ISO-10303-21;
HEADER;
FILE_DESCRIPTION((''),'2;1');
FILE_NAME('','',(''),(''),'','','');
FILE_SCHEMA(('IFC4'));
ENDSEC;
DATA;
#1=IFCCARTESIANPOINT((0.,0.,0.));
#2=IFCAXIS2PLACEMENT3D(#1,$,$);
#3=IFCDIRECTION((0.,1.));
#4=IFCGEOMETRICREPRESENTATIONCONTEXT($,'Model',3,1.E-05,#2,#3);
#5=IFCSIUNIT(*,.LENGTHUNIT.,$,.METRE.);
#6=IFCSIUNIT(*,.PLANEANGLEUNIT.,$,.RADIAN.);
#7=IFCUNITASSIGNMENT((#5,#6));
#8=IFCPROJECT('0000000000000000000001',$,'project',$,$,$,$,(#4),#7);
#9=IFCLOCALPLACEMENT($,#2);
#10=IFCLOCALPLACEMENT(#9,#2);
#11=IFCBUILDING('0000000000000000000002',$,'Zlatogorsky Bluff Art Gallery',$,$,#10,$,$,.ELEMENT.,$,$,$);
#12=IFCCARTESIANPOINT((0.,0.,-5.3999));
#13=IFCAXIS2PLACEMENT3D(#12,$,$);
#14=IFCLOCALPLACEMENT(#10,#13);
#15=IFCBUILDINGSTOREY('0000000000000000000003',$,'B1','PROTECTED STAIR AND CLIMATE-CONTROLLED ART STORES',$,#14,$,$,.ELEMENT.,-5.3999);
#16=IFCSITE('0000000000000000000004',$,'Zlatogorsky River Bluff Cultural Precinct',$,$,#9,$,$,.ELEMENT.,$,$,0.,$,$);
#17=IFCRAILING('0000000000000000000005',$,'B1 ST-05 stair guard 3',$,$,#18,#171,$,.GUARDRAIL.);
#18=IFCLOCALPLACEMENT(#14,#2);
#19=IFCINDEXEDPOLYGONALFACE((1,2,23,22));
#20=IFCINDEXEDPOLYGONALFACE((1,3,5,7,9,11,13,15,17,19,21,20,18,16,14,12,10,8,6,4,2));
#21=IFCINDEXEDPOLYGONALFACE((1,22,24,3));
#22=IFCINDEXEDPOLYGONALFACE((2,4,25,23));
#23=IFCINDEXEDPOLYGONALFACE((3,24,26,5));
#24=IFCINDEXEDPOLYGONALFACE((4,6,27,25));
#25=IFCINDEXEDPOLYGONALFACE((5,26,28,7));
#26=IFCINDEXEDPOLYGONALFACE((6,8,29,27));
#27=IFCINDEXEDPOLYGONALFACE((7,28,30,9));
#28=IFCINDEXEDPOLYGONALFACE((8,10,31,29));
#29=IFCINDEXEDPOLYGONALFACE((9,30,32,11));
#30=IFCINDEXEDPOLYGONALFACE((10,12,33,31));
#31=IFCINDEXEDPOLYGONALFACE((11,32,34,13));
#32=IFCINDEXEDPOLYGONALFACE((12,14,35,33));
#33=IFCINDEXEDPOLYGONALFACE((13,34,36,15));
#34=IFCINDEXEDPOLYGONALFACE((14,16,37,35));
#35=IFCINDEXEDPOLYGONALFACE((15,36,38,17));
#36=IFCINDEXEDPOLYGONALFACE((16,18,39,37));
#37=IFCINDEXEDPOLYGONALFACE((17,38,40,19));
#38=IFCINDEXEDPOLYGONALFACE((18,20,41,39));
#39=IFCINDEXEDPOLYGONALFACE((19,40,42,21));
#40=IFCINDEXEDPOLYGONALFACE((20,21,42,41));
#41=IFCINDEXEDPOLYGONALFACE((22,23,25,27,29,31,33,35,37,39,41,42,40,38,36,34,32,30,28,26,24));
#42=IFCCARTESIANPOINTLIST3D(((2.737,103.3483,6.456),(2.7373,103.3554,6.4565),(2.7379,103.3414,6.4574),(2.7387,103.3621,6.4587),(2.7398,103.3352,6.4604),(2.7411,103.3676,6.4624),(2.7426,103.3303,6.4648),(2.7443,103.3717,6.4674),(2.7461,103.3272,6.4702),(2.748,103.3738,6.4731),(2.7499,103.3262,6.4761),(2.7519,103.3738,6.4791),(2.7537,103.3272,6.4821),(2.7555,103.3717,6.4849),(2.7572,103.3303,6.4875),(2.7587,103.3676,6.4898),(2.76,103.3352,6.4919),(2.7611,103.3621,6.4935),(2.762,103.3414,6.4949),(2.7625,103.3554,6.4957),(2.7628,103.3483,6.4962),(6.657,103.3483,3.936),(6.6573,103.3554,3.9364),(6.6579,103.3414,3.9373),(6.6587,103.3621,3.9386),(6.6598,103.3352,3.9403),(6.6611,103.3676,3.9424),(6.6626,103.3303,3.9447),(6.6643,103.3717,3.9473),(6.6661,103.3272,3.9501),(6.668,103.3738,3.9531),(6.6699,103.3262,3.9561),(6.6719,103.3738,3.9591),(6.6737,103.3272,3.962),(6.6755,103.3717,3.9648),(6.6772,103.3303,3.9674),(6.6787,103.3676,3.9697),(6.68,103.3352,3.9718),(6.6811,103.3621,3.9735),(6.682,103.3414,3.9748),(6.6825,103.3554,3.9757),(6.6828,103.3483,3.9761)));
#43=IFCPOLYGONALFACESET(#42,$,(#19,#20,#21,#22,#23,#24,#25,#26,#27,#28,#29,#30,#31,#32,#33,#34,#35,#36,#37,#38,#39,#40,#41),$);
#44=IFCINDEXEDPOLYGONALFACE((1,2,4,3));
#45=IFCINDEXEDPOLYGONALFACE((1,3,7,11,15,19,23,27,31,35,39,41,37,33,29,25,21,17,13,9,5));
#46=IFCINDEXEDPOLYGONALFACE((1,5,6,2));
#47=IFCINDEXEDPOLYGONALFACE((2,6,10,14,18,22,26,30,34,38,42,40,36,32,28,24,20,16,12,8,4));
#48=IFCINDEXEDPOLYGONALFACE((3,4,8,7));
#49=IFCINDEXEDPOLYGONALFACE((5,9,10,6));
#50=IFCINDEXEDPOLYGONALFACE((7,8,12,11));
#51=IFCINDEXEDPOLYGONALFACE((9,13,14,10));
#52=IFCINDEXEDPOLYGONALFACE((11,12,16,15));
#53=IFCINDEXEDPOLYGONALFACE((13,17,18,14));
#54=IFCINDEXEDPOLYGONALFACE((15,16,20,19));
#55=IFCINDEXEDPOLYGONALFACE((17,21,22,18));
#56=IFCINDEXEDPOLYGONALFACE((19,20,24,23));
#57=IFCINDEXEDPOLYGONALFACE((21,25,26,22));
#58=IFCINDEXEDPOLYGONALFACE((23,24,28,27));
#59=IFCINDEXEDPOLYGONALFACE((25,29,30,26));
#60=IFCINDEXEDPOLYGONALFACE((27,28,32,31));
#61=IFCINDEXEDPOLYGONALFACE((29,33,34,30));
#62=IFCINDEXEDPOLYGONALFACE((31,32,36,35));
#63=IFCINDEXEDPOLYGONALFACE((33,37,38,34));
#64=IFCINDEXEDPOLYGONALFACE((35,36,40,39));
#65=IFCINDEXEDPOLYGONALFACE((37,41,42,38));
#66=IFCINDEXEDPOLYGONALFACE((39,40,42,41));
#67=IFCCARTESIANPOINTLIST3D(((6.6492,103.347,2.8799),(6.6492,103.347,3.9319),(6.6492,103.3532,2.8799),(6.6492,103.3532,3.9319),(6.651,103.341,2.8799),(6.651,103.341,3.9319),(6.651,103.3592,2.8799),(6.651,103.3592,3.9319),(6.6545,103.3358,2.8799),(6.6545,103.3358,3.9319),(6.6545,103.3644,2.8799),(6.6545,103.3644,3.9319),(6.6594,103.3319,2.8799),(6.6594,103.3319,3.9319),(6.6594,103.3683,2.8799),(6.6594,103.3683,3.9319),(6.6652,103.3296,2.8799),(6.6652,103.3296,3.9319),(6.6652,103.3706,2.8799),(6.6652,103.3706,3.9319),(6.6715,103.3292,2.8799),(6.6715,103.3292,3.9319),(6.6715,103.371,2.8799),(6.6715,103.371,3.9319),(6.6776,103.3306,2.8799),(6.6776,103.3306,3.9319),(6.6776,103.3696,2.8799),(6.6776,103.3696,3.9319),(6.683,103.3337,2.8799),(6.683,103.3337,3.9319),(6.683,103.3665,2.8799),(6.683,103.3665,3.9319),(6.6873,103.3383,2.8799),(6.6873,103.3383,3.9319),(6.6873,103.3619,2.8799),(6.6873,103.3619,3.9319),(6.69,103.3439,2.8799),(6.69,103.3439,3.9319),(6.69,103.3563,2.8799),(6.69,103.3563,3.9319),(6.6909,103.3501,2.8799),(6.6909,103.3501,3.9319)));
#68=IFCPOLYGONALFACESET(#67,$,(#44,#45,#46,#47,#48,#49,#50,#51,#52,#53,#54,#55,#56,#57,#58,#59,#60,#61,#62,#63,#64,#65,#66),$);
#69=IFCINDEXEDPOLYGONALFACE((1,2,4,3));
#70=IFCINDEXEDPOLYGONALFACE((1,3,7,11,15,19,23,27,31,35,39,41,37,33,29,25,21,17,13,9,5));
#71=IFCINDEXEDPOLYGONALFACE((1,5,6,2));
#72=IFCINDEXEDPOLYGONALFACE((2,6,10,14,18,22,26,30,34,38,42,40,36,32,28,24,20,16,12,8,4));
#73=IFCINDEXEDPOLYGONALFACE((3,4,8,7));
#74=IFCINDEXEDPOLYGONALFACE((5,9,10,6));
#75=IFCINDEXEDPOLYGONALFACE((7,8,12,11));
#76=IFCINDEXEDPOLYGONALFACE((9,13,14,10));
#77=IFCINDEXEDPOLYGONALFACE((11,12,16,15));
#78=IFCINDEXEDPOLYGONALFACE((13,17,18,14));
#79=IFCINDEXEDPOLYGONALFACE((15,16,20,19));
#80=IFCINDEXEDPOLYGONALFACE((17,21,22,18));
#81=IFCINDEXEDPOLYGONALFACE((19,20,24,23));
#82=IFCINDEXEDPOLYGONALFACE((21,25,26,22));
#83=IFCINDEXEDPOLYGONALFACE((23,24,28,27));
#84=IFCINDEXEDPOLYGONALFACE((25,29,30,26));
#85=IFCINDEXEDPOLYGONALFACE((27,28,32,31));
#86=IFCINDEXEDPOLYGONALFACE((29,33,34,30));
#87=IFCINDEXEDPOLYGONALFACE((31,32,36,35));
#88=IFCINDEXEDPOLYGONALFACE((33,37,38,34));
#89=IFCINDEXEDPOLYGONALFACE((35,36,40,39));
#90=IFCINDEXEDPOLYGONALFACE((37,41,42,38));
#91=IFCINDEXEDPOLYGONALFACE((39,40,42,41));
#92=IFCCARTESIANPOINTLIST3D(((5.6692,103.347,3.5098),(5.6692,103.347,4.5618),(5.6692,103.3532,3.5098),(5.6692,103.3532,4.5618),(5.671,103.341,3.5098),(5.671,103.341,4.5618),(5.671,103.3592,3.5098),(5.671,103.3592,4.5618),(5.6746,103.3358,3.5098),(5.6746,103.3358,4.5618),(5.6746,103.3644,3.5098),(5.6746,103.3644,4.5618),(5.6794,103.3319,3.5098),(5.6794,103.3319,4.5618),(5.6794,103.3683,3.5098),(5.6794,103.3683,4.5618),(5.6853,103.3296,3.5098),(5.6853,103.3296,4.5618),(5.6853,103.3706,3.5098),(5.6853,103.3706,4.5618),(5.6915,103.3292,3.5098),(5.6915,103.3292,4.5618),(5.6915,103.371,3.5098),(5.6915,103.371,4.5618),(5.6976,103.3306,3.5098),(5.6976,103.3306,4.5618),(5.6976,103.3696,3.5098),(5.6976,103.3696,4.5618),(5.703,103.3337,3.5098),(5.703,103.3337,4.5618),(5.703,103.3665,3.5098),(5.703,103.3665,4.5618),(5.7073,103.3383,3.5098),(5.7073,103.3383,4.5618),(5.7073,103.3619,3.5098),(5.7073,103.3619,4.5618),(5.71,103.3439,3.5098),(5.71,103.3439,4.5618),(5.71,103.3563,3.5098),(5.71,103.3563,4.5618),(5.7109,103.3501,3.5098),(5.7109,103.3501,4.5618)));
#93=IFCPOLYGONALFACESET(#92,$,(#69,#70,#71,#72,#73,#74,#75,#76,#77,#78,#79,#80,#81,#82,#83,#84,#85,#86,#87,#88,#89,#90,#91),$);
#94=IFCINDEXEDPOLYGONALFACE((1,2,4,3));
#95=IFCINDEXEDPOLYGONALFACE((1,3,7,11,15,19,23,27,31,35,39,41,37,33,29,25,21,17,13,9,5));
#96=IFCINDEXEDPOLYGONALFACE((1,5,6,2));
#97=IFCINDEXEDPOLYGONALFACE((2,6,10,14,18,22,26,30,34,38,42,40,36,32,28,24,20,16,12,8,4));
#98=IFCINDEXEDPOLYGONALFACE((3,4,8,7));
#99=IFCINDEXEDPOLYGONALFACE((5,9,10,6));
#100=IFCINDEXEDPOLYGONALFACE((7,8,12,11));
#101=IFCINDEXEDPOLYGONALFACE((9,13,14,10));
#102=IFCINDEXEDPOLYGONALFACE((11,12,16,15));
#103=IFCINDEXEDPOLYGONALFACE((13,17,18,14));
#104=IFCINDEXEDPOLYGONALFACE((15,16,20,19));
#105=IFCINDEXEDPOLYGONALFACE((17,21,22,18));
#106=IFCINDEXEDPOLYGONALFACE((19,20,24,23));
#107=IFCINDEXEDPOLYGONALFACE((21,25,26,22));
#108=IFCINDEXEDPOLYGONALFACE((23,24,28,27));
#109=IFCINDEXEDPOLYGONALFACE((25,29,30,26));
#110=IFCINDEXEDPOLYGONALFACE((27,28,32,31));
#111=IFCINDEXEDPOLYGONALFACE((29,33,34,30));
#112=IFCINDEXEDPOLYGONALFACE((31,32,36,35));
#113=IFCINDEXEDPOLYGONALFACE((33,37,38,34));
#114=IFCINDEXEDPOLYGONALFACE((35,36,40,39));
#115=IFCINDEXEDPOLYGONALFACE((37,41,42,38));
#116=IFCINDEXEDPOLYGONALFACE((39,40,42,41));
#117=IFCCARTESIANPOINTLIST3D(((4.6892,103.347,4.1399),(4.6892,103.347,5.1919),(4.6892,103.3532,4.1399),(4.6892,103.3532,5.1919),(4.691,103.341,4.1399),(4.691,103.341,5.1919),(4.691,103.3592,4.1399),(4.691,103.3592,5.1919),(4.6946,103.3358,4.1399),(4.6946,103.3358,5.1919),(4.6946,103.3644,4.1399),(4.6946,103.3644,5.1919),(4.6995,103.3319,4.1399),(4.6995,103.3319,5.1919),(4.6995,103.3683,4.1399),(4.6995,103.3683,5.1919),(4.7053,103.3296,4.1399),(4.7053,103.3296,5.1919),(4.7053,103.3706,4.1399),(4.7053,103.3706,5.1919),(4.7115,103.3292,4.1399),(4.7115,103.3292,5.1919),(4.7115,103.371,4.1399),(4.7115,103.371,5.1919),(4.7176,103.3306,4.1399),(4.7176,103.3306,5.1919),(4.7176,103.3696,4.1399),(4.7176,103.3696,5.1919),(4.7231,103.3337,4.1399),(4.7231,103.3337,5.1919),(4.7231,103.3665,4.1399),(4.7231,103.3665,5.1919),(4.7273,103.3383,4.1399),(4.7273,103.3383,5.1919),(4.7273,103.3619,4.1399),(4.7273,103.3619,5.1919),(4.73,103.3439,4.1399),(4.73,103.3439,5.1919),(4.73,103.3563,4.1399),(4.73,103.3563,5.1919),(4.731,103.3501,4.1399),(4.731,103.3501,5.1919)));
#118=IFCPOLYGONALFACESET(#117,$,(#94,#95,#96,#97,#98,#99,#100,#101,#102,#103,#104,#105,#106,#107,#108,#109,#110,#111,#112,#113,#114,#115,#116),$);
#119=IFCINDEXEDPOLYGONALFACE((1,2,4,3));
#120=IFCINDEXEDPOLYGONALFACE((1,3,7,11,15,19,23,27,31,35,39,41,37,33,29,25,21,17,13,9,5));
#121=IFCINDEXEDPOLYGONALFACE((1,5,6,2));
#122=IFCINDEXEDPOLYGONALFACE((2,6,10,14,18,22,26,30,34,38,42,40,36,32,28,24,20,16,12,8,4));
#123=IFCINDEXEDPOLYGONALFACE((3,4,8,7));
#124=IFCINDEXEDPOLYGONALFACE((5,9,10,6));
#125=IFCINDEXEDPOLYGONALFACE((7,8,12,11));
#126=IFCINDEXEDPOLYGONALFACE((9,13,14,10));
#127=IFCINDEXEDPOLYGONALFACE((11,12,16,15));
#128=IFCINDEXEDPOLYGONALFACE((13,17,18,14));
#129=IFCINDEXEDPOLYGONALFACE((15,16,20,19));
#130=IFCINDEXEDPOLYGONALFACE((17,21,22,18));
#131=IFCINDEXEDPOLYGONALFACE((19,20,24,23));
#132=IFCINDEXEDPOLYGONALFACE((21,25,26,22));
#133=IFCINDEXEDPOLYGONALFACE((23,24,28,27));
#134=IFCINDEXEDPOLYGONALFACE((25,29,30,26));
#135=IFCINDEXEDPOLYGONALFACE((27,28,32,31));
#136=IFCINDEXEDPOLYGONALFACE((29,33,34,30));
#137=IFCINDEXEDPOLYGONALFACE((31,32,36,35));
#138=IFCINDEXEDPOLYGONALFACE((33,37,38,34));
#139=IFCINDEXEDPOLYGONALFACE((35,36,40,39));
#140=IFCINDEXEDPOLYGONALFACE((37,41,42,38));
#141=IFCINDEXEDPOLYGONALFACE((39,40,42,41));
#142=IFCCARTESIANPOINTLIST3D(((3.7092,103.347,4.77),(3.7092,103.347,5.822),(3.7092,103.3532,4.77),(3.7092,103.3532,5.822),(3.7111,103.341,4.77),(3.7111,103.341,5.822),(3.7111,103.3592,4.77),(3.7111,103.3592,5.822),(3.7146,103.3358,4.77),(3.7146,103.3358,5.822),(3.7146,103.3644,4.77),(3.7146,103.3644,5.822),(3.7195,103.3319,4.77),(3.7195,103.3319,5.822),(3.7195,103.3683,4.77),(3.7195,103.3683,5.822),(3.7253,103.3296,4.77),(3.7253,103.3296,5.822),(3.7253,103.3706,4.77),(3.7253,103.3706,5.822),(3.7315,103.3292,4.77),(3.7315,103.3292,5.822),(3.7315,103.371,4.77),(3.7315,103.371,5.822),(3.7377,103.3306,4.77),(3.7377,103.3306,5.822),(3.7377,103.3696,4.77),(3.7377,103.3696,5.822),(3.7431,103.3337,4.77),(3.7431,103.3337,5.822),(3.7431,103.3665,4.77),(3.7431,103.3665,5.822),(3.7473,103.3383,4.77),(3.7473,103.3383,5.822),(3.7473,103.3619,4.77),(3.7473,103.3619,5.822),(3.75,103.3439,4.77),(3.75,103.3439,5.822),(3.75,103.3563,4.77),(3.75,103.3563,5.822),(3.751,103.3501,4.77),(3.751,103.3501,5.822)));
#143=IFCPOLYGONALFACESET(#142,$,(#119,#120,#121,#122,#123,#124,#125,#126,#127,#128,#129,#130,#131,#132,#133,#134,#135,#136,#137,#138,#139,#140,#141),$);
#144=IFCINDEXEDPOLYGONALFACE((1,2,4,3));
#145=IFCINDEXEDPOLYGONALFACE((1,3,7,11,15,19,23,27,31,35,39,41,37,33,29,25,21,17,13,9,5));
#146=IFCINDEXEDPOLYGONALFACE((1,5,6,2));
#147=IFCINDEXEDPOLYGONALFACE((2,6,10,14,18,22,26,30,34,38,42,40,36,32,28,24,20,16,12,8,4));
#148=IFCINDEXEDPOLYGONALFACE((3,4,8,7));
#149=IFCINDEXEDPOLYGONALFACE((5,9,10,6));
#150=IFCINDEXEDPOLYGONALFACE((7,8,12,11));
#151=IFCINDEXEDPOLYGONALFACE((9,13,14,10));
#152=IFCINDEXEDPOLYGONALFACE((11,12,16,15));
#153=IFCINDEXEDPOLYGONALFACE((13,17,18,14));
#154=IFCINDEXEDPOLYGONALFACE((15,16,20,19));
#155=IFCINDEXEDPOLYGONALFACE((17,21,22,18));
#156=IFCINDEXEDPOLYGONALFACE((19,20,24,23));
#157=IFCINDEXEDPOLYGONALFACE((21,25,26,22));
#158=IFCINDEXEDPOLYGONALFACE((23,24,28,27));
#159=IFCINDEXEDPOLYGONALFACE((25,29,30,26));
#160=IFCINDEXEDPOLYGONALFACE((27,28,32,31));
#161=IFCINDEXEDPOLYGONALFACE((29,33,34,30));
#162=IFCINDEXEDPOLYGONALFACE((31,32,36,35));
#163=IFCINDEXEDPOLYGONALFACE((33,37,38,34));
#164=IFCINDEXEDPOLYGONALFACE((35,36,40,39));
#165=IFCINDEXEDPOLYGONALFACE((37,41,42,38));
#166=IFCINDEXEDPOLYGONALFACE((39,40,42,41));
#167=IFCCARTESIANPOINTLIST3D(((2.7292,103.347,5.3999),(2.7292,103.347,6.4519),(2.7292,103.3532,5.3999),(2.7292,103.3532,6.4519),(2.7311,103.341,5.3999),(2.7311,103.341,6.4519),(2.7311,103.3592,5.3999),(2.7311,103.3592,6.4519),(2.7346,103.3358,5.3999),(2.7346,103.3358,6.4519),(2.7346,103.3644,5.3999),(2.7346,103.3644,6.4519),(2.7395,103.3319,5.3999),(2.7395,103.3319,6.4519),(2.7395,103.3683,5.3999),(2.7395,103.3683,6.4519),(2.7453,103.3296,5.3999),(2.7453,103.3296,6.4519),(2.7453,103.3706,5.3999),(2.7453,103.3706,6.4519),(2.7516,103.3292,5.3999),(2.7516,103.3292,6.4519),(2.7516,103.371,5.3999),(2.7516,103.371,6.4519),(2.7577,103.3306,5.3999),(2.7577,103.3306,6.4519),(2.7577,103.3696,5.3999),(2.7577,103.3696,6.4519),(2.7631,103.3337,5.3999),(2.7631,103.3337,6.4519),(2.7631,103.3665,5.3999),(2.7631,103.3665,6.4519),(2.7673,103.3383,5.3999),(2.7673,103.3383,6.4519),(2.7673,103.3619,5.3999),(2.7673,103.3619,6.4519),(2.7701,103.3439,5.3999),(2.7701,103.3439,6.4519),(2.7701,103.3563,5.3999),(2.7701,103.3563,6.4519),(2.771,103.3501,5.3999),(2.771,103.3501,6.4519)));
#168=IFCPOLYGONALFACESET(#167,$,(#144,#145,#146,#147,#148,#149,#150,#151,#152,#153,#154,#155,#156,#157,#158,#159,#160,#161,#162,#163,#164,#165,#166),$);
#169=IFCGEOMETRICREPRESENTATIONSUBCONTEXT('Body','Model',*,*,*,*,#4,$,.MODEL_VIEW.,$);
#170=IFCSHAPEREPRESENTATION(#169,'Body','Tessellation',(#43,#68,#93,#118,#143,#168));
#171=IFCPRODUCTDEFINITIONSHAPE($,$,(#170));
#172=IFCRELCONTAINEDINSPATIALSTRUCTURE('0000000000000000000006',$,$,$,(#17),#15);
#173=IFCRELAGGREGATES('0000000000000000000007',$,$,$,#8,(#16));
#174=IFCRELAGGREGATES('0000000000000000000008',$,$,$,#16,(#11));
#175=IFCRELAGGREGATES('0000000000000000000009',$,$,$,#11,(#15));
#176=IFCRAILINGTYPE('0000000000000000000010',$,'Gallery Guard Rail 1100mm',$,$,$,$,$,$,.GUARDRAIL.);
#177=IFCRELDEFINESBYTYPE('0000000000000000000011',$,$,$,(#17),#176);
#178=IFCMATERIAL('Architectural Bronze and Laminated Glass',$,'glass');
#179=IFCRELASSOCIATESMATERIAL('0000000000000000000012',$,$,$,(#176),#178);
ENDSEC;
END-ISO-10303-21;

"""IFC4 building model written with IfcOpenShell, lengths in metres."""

from ifc_helpers import new_model, si_unit, direction, frame, origin, origin_2d, place, context, subcontext, project, spatial, circle, extrude, material, type_object, element, save


model = new_model("IFC4")

# Units and contexts
model_context = context("Model", 3, precision=1e-05, world=origin(), true_north=direction((0.0, 1.0)))
body_context = subcontext(model_context, "Body", "Model", "MODEL_VIEW")
ifc_project = project(units=[si_unit("LENGTHUNIT", "METRE"), si_unit("PLANEANGLEUNIT", "RADIAN")], contexts=[model_context])

# Site, building, storey
site_placement = place(None, origin())
site = spatial("IfcSite", under=ifc_project, at=site_placement, Name="Zlatogorsky River Bluff Cultural Precinct", CompositionType="ELEMENT", RefElevation=0.0)
building_placement = place(site_placement, origin())
building = spatial("IfcBuilding", under=site, at=building_placement, Name="Zlatogorsky Bluff Art Gallery", CompositionType="ELEMENT")
storey_placement = place(building_placement, frame((0.0, 0.0, -5.3999)))
storey = spatial("IfcBuildingStorey", under=building, at=storey_placement, Name="B1", Description="PROTECTED STAIR AND CLIMATE-CONTROLLED ART STORES", CompositionType="ELEMENT", Elevation=-5.3999)

# Railing
ifc_material_1 = material(Name="Architectural Bronze and Laminated Glass", Category="glass")
railing_type_1 = type_object("IfcRailingType", Name="Gallery Guard Rail 1100mm", PredefinedType="GUARDRAIL", material=ifc_material_1)
railing_1_placement = place(storey_placement, frame((6.6699, 103.3501, 2.8799)))
element("IfcRailing", 1, at=railing_1_placement, inside=storey, type_object=railing_type_1, Name="B1 ST-05 stair guard 3", PredefinedType="GUARDRAIL", context=body_context, shape_type="SweptSolid", body=[
    extrude(circle(Radius=0.0239, at=origin_2d()), frame((0.0, 0.0, 1.0762), z_axis=(-0.841172, 0.0, 0.540768), x_axis=(0.0, -1.0, 0.0)), (0.0, 0.0, 1.0), 4.6602),
    extrude(circle(Radius=0.021, at=origin_2d()), origin(), (0.0, 0.0, 1.0), 1.052),
    extrude(circle(Radius=0.021, at=origin_2d()), frame((-0.98, 0.0, 0.6299)), (0.0, 0.0, 1.0), 1.052),
    extrude(circle(Radius=0.021, at=origin_2d()), frame((-1.96, 0.0, 1.26)), (0.0, 0.0, 1.0), 1.052),
    extrude(circle(Radius=0.021, at=origin_2d()), frame((-2.9399, 0.0, 1.8901)), (0.0, 0.0, 1.0), 1.052),
    extrude(circle(Radius=0.021, at=origin_2d()), frame((-3.9199, 0.0, 2.52)), (0.0, 0.0, 1.0), 1.052),
])

save(model, "model.ifc")
